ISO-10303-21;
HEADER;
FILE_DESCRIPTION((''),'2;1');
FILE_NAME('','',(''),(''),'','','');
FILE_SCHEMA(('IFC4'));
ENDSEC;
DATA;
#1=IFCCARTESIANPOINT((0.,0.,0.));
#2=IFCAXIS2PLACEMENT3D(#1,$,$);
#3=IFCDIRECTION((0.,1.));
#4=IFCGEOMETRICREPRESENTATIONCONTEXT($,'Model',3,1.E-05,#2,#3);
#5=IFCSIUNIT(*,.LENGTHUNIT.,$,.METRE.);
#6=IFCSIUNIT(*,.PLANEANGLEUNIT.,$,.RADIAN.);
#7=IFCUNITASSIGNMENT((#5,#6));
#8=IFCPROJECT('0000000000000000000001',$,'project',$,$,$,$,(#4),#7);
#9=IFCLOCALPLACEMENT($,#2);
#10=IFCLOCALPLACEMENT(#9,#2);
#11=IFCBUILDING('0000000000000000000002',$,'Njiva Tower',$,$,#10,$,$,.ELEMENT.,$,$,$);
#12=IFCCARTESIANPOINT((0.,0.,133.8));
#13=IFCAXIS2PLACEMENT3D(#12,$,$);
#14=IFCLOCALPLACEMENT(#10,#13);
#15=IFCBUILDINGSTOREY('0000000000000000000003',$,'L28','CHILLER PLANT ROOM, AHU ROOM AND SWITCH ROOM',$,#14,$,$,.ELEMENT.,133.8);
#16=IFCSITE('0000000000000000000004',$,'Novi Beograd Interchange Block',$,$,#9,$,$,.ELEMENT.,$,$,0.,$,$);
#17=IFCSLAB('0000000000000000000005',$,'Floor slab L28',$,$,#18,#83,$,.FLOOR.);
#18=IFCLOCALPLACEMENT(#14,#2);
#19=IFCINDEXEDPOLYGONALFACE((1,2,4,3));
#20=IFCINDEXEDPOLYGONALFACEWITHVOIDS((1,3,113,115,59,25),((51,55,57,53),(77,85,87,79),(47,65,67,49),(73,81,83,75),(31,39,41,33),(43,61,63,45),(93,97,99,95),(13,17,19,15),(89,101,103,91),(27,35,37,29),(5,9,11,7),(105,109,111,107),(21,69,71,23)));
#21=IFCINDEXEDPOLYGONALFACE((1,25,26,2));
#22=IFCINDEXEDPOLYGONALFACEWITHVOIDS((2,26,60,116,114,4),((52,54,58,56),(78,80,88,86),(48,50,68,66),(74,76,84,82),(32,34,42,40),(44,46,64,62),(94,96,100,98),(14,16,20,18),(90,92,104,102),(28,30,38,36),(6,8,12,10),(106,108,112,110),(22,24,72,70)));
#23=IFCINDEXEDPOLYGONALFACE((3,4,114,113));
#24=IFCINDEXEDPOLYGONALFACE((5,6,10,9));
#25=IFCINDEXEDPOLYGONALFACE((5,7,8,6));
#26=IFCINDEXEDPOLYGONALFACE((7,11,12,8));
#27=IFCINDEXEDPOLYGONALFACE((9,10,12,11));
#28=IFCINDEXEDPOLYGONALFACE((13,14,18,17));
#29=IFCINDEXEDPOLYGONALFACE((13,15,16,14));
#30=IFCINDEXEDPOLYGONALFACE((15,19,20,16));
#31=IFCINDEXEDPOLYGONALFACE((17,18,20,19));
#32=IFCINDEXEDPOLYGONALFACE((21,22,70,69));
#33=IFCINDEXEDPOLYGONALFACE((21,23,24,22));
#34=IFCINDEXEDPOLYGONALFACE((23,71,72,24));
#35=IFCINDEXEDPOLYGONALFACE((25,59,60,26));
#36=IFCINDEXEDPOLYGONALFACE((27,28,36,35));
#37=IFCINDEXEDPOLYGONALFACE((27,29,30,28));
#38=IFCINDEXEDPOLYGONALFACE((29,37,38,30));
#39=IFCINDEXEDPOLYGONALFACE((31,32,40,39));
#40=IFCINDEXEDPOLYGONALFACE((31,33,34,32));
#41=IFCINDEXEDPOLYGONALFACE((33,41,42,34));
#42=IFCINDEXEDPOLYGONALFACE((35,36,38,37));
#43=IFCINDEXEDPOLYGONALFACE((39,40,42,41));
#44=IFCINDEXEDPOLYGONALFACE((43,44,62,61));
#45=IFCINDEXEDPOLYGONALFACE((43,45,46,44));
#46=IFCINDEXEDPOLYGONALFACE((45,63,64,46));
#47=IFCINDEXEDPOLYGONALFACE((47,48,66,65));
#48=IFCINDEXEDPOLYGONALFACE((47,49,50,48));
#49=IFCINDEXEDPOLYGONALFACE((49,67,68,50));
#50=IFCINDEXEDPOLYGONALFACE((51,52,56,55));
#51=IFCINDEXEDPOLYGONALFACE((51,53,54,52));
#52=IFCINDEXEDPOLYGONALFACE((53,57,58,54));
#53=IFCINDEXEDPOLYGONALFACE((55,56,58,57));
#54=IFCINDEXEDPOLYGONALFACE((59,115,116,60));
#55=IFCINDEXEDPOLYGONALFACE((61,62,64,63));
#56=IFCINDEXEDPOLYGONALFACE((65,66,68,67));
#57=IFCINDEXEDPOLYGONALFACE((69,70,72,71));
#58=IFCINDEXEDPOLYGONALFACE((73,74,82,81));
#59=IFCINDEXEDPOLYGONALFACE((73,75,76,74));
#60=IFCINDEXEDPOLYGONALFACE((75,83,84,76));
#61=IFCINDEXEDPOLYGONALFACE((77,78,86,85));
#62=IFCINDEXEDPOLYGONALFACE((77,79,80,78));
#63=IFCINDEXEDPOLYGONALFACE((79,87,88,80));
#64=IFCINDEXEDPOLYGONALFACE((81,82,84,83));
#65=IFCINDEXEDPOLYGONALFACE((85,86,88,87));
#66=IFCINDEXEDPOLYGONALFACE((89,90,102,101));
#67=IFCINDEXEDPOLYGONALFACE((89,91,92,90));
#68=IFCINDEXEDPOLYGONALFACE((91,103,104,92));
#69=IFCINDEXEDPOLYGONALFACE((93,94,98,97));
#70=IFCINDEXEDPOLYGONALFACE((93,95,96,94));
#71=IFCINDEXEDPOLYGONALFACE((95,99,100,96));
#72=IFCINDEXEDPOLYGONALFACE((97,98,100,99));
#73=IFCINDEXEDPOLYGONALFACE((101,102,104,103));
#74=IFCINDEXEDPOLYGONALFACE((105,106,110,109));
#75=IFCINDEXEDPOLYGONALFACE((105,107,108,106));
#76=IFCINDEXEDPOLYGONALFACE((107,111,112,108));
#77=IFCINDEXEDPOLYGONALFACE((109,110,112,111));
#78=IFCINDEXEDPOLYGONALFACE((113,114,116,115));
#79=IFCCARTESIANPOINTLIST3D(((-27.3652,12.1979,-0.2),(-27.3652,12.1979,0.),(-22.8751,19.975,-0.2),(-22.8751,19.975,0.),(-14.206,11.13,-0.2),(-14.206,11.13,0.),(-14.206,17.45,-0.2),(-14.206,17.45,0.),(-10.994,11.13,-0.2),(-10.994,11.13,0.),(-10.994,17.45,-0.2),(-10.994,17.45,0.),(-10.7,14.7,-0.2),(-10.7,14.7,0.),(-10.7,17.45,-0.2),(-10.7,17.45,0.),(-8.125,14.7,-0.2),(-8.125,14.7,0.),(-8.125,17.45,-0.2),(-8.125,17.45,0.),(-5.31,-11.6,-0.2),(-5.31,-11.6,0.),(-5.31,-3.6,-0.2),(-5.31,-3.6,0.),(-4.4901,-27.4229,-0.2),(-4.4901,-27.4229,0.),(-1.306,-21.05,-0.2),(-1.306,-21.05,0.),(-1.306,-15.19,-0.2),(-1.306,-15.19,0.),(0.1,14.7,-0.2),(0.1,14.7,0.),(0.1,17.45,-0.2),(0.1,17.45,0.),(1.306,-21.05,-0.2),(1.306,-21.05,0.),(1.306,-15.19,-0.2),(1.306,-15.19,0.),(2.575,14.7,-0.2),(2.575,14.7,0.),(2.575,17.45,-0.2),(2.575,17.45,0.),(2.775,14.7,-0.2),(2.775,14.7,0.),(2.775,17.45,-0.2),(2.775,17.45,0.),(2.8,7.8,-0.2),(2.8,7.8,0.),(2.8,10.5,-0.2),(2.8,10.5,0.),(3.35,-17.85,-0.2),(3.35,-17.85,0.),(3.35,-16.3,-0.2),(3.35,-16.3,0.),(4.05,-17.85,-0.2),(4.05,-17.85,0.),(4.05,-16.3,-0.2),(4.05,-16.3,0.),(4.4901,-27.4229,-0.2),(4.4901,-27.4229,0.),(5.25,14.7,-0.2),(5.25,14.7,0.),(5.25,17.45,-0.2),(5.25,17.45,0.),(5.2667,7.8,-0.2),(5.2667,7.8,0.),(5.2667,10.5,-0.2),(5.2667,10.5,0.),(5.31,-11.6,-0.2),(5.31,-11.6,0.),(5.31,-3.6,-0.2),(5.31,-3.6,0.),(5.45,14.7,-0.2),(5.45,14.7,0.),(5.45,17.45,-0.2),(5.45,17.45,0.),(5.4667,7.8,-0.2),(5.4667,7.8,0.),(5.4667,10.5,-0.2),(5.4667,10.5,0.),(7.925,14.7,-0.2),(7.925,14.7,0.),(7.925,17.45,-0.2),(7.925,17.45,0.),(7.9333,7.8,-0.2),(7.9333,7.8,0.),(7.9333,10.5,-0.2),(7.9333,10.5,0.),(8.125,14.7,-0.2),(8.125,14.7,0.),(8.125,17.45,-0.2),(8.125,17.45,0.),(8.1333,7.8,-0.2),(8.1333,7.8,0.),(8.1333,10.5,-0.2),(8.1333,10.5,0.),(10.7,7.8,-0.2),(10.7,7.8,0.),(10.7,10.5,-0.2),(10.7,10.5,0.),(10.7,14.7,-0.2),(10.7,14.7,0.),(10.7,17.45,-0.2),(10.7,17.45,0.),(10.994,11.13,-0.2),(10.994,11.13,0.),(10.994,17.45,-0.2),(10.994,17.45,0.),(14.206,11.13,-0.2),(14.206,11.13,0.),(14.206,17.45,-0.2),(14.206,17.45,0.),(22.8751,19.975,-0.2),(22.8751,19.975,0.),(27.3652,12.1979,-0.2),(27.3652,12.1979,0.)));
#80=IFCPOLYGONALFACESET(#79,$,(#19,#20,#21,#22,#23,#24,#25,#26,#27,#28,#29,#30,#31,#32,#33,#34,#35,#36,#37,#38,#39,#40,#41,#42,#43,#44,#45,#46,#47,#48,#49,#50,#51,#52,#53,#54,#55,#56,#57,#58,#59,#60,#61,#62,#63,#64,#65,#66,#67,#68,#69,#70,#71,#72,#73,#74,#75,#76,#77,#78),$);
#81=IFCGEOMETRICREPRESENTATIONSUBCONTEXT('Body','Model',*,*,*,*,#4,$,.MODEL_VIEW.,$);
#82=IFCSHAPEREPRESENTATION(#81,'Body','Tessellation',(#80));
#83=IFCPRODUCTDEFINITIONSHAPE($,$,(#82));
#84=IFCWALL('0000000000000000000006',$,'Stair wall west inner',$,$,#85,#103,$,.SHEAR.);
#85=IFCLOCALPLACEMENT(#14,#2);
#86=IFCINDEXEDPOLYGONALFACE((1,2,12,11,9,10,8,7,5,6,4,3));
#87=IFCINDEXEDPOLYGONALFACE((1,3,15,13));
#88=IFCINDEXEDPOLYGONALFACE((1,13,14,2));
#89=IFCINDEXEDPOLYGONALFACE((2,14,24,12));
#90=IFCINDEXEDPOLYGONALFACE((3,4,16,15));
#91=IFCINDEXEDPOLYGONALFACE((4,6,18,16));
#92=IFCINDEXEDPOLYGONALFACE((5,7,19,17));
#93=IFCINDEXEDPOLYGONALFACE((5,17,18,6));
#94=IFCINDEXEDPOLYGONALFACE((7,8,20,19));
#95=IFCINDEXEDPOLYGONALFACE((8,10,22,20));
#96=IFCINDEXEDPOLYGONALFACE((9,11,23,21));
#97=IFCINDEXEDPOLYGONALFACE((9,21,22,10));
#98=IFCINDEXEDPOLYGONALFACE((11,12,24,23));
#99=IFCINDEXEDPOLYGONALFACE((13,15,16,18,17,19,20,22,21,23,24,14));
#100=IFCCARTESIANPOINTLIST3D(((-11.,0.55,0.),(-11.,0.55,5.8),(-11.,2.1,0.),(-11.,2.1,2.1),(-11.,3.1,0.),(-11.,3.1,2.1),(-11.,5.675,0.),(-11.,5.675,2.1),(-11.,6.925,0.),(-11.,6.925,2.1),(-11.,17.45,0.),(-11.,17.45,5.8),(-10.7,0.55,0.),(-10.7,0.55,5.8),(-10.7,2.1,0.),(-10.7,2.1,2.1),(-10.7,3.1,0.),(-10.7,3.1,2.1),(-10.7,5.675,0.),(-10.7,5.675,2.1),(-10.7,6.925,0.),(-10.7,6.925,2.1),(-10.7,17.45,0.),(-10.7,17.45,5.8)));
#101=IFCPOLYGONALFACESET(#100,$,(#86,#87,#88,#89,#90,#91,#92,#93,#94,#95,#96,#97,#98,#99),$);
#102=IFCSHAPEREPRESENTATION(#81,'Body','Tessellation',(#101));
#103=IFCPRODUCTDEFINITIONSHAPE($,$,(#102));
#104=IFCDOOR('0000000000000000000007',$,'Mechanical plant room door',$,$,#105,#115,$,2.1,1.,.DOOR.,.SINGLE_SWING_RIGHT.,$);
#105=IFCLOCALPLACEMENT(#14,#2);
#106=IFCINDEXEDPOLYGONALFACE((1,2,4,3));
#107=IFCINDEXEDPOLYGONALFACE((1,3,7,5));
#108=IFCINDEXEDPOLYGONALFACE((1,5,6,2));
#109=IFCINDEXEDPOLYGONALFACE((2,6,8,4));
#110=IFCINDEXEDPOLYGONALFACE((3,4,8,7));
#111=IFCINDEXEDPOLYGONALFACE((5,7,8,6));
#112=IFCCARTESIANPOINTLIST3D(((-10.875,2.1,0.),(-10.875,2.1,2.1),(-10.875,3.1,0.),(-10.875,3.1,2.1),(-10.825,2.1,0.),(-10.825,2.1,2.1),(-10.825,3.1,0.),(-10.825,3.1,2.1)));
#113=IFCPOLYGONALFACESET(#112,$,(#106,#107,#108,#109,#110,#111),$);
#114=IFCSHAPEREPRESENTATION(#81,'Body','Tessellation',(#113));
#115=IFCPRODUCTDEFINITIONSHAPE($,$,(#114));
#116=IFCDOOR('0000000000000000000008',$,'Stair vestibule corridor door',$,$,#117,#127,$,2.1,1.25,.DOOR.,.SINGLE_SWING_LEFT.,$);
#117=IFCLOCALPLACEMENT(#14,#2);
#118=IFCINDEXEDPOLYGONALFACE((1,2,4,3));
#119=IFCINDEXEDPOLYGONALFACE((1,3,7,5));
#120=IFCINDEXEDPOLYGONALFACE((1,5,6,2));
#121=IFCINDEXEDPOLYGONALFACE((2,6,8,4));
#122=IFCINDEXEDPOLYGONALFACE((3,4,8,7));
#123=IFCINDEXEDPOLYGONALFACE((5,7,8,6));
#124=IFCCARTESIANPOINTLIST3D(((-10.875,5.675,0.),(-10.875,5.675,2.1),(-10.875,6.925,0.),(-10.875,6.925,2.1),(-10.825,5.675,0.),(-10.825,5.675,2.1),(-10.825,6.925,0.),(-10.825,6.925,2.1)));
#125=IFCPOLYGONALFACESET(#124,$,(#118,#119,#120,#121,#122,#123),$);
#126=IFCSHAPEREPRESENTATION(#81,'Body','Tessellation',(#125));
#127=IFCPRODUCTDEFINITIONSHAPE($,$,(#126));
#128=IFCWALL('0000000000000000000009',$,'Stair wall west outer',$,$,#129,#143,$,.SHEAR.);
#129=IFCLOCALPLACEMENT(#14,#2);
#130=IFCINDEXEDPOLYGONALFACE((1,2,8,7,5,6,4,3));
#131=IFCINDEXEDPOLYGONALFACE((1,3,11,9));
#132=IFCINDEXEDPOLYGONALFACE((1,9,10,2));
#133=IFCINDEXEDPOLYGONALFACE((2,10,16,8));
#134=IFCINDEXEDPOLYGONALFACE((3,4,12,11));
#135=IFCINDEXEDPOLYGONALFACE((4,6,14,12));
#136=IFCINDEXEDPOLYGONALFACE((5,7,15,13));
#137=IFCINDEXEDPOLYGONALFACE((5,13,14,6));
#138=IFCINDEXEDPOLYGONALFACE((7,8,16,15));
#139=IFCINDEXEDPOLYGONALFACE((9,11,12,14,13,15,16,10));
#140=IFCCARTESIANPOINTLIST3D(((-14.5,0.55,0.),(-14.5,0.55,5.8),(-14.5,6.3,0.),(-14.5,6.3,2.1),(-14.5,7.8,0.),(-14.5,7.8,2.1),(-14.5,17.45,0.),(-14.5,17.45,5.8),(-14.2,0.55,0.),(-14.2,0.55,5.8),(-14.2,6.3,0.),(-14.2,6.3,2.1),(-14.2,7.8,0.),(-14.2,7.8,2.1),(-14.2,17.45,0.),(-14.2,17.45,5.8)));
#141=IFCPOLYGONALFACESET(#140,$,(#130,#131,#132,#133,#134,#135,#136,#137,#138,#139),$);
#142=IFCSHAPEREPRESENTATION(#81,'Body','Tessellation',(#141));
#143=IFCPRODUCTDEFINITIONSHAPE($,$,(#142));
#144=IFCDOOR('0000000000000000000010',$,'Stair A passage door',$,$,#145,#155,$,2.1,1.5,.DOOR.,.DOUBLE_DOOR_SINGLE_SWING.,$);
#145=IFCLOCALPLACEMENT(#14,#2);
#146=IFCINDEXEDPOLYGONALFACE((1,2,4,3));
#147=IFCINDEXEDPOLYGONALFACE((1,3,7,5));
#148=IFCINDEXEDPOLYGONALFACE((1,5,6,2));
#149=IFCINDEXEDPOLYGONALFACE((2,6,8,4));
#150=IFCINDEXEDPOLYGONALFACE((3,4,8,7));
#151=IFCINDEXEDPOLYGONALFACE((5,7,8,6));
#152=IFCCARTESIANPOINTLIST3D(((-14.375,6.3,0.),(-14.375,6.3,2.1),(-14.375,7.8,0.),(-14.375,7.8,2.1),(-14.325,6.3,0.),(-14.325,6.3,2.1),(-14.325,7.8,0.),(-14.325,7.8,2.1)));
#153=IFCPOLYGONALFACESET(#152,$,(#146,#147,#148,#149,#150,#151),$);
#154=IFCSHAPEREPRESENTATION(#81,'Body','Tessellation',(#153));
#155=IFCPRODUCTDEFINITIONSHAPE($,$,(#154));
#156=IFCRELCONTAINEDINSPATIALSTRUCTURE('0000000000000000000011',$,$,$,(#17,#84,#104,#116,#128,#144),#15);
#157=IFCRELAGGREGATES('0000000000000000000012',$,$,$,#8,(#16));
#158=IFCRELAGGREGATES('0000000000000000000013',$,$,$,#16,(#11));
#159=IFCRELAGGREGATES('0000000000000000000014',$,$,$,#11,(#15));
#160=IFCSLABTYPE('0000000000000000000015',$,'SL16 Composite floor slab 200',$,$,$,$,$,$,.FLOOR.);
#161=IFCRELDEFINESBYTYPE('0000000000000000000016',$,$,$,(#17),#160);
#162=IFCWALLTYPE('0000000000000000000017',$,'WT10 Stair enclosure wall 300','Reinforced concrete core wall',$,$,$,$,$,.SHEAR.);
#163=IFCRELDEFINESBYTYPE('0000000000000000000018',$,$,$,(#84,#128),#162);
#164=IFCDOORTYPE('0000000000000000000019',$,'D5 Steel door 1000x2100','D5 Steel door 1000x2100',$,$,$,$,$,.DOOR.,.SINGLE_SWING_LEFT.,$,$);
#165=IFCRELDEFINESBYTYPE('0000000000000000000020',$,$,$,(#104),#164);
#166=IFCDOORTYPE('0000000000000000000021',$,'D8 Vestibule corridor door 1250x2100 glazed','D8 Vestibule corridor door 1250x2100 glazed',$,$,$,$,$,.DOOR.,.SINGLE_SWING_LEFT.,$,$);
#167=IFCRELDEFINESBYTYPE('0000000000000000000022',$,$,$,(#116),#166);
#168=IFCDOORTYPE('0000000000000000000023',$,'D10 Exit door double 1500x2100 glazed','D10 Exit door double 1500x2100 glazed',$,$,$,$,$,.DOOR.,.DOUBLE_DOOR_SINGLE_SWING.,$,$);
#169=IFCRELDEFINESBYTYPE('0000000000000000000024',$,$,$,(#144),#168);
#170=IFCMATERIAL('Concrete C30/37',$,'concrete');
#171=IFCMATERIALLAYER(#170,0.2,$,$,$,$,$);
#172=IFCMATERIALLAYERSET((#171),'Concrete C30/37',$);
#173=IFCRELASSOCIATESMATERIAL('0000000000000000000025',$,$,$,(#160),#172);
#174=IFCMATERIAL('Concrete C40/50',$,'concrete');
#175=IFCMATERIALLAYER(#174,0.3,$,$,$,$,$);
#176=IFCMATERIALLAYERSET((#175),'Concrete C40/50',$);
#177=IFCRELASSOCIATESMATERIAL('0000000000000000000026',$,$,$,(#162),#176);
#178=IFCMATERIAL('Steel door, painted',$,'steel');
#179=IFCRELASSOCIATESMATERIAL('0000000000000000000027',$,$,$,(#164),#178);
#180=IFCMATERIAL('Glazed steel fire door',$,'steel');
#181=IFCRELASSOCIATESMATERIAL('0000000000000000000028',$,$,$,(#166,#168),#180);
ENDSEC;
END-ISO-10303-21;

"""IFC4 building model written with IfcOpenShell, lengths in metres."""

from ifc_helpers import new_model, si_unit, direction, frame, frame_2d, origin, place, context, subcontext, project, spatial, polyline, rectangle, outline, extrude, material, layer, layer_set, type_object, element, fill, save


model = new_model("IFC4")

# Units and contexts
model_context = context("Model", 3, precision=1e-05, world=origin(), true_north=direction((0.0, 1.0)))
body_context = subcontext(model_context, "Body", "Model", "MODEL_VIEW")
ifc_project = project(units=[si_unit("LENGTHUNIT", "METRE"), si_unit("PLANEANGLEUNIT", "RADIAN")], contexts=[model_context])

# Site, building, storey
site_placement = place(None, origin())
site = spatial("IfcSite", under=ifc_project, at=site_placement, Name="Novi Beograd Interchange Block", CompositionType="ELEMENT", RefElevation=0.0)
building_placement = place(site_placement, origin())
building = spatial("IfcBuilding", under=site, at=building_placement, Name="Njiva Tower", CompositionType="ELEMENT")
storey_placement = place(building_placement, frame((0.0, 0.0, 133.8)))
storey = spatial("IfcBuildingStorey", under=building, at=storey_placement, Name="L28", Description="CHILLER PLANT ROOM, AHU ROOM AND SWITCH ROOM", CompositionType="ELEMENT", Elevation=133.8)

# Slab
ifc_material_1 = material(Name="Concrete C30/37", Category="concrete")
ifc_layer_1 = layer(ifc_material_1, 0.2)
ifc_layer_set_1 = layer_set([ifc_layer_1], Name="Concrete C30/37")
slab_type = type_object("IfcSlabType", Name="SL16 Composite floor slab 200", PredefinedType="FLOOR", material=ifc_layer_set_1)
slab_placement = place(storey_placement, frame((0.0, 0.0, -0.2)))
element("IfcSlab", 1, at=slab_placement, inside=storey, type_object=slab_type, Name="Floor slab L28", PredefinedType="FLOOR", context=body_context, shape_type="SweptSolid", body=[
    extrude(outline(polyline([(27.3652, 12.1979), (4.4901, -27.4229), (-4.4901, -27.4229), (-27.3652, 12.1979), (-22.8751, 19.975), (22.8751, 19.975), (27.3652, 12.1979)]), holes=[polyline([(10.994, 11.13), (14.206, 11.13), (14.206, 17.45), (10.994, 17.45), (10.994, 11.13)]), polyline([(8.125, 14.7), (10.7, 14.7), (10.7, 17.45), (8.125, 17.45), (8.125, 14.7)]), polyline([(8.1333, 7.8), (10.7, 7.8), (10.7, 10.5), (8.1333, 10.5), (8.1333, 7.8)]), polyline([(5.4667, 7.8), (7.9333, 7.8), (7.9333, 10.5), (5.4667, 10.5), (5.4667, 7.8)]), polyline([(5.45, 14.7), (7.925, 14.7), (7.925, 17.45), (5.45, 17.45), (5.45, 14.7)]), polyline([(5.31, -11.6), (5.31, -3.6), (-5.31, -3.6), (-5.31, -11.6), (5.31, -11.6)]), polyline([(2.8, 7.8), (5.2667, 7.8), (5.2667, 10.5), (2.8, 10.5), (2.8, 7.8)]), polyline([(5.25, 14.7), (5.25, 17.45), (2.775, 17.45), (2.775, 14.7), (5.25, 14.7)]), polyline([(3.35, -17.85), (4.05, -17.85), (4.05, -16.3), (3.35, -16.3), (3.35, -17.85)]), polyline([(0.1, 14.7), (2.575, 14.7), (2.575, 17.45), (0.1, 17.45), (0.1, 14.7)]), polyline([(1.306, -21.05), (1.306, -15.19), (-1.306, -15.19), (-1.306, -21.05), (1.306, -21.05)]), polyline([(-10.7, 14.7), (-8.125, 14.7), (-8.125, 17.45), (-10.7, 17.45), (-10.7, 14.7)]), polyline([(-10.994, 11.13), (-10.994, 17.45), (-14.206, 17.45), (-14.206, 11.13), (-10.994, 11.13)])]), origin(), (0.0, 0.0, 1.0), 0.2),
])

# Wall, openings, doors
ifc_material_2 = material(Name="Concrete C40/50", Category="concrete")
ifc_layer_2 = layer(ifc_material_2, 0.3)
ifc_layer_set_2 = layer_set([ifc_layer_2], Name="Concrete C40/50")
wall_type_1 = type_object("IfcWallType", Name="WT10 Stair enclosure wall 300", Description="Reinforced concrete core wall", PredefinedType="SHEAR", material=ifc_layer_set_2)
wall_1_placement = place(storey_placement, frame((-10.85, 0.55, 0.0), z_axis=(0.0, 0.0, 1.0), x_axis=(0.0, 1.0, 0.0)))
wall_1 = element("IfcWall", 2, at=wall_1_placement, inside=storey, type_object=wall_type_1, Name="Stair wall west inner", PredefinedType="SHEAR", context=body_context, shape_type="SweptSolid", body=[
    extrude(rectangle(XDim=16.9, YDim=0.3, at=frame_2d((8.45, 0.0))), origin(), (0.0, 0.0, 1.0), 5.8),
])
opening_1_placement = place(wall_1_placement, frame((5.125, 0.0, 0.0)))
opening_1 = element("IfcOpeningElement", 3, at=opening_1_placement, cuts=wall_1, PredefinedType="OPENING", context=body_context, shape_type="SweptSolid", body=[
    extrude(rectangle(XDim=1.25, YDim=2.1, at=frame_2d((0.625, 1.05))), frame((0.0, 0.16, 0.0), z_axis=(0.0, -1.0, 0.0), x_axis=(1.0, 0.0, 0.0)), (0.0, 0.0, 1.0), 0.32),
])
opening_2_placement = place(wall_1_placement, frame((1.55, 0.0, 0.0)))
opening_2 = element("IfcOpeningElement", 4, at=opening_2_placement, cuts=wall_1, PredefinedType="OPENING", context=body_context, shape_type="SweptSolid", body=[
    extrude(rectangle(XDim=1.0, YDim=2.1, at=frame_2d((0.5, 1.05))), frame((0.0, 0.16, 0.0), z_axis=(0.0, -1.0, 0.0), x_axis=(1.0, 0.0, 0.0)), (0.0, 0.0, 1.0), 0.32),
])
ifc_material_3 = material(Name="Steel door, painted", Category="steel")
door_type_1 = type_object("IfcDoorType", Name="D5 Steel door 1000x2100", Description="D5 Steel door 1000x2100", OperationType="SINGLE_SWING_LEFT", PredefinedType="DOOR", material=ifc_material_3)
door_1_placement = place(opening_2_placement, origin())
door_1 = element("IfcDoor", 5, at=door_1_placement, inside=storey, type_object=door_type_1, Name="Mechanical plant room door", OperationType="SINGLE_SWING_RIGHT", OverallHeight=2.1, OverallWidth=1.0, PredefinedType="DOOR", context=body_context, shape_type="SweptSolid", body=[
    extrude(rectangle(XDim=1.0, YDim=2.1, at=frame_2d((0.5, 1.05))), frame((0.0, 0.025, 0.0), z_axis=(0.0, -1.0, 0.0), x_axis=(1.0, 0.0, 0.0)), (0.0, 0.0, 1.0), 0.05),
])
fill(opening_2, door_1)
ifc_material_4 = material(Name="Glazed steel fire door", Category="steel")
door_type_2 = type_object("IfcDoorType", Name="D8 Vestibule corridor door 1250x2100 glazed", Description="D8 Vestibule corridor door 1250x2100 glazed", OperationType="SINGLE_SWING_LEFT", PredefinedType="DOOR", material=ifc_material_4)
door_2_placement = place(opening_1_placement, origin())
door_2 = element("IfcDoor", 6, at=door_2_placement, inside=storey, type_object=door_type_2, Name="Stair vestibule corridor door", OperationType="SINGLE_SWING_LEFT", OverallHeight=2.1, OverallWidth=1.25, PredefinedType="DOOR", context=body_context, shape_type="SweptSolid", body=[
    extrude(rectangle(XDim=1.25, YDim=2.1, at=frame_2d((0.625, 1.05))), frame((0.0, 0.025, 0.0), z_axis=(0.0, -1.0, 0.0), x_axis=(1.0, 0.0, 0.0)), (0.0, 0.0, 1.0), 0.05),
])
fill(opening_1, door_2)

# Wall, opening, door
wall_2_placement = place(storey_placement, frame((-14.35, 0.55, 0.0), z_axis=(0.0, 0.0, 1.0), x_axis=(0.0, 1.0, 0.0)))
wall_2 = element("IfcWall", 7, at=wall_2_placement, inside=storey, type_object=wall_type_1, Name="Stair wall west outer", PredefinedType="SHEAR", context=body_context, shape_type="SweptSolid", body=[
    extrude(rectangle(XDim=16.9, YDim=0.3, at=frame_2d((8.45, 0.0))), origin(), (0.0, 0.0, 1.0), 5.8),
])
opening_3_placement = place(wall_2_placement, frame((5.75, 0.0, 0.0)))
opening_3 = element("IfcOpeningElement", 8, at=opening_3_placement, cuts=wall_2, PredefinedType="OPENING", context=body_context, shape_type="SweptSolid", body=[
    extrude(rectangle(XDim=1.5, YDim=2.1, at=frame_2d((0.75, 1.05))), frame((0.0, 0.16, 0.0), z_axis=(0.0, -1.0, 0.0), x_axis=(1.0, 0.0, 0.0)), (0.0, 0.0, 1.0), 0.32),
])
door_type_3 = type_object("IfcDoorType", Name="D10 Exit door double 1500x2100 glazed", Description="D10 Exit door double 1500x2100 glazed", OperationType="DOUBLE_DOOR_SINGLE_SWING", PredefinedType="DOOR", material=ifc_material_4)
door_3_placement = place(opening_3_placement, origin())
door_3 = element("IfcDoor", 9, at=door_3_placement, inside=storey, type_object=door_type_3, Name="Stair A passage door", OperationType="DOUBLE_DOOR_SINGLE_SWING", OverallHeight=2.1, OverallWidth=1.5, PredefinedType="DOOR", context=body_context, shape_type="SweptSolid", body=[
    extrude(rectangle(XDim=1.5, YDim=2.1, at=frame_2d((0.75, 1.05))), frame((0.0, 0.025, 0.0), z_axis=(0.0, -1.0, 0.0), x_axis=(1.0, 0.0, 0.0)), (0.0, 0.0, 1.0), 0.05),
])
fill(opening_3, door_3)

save(model, "model.ifc")
